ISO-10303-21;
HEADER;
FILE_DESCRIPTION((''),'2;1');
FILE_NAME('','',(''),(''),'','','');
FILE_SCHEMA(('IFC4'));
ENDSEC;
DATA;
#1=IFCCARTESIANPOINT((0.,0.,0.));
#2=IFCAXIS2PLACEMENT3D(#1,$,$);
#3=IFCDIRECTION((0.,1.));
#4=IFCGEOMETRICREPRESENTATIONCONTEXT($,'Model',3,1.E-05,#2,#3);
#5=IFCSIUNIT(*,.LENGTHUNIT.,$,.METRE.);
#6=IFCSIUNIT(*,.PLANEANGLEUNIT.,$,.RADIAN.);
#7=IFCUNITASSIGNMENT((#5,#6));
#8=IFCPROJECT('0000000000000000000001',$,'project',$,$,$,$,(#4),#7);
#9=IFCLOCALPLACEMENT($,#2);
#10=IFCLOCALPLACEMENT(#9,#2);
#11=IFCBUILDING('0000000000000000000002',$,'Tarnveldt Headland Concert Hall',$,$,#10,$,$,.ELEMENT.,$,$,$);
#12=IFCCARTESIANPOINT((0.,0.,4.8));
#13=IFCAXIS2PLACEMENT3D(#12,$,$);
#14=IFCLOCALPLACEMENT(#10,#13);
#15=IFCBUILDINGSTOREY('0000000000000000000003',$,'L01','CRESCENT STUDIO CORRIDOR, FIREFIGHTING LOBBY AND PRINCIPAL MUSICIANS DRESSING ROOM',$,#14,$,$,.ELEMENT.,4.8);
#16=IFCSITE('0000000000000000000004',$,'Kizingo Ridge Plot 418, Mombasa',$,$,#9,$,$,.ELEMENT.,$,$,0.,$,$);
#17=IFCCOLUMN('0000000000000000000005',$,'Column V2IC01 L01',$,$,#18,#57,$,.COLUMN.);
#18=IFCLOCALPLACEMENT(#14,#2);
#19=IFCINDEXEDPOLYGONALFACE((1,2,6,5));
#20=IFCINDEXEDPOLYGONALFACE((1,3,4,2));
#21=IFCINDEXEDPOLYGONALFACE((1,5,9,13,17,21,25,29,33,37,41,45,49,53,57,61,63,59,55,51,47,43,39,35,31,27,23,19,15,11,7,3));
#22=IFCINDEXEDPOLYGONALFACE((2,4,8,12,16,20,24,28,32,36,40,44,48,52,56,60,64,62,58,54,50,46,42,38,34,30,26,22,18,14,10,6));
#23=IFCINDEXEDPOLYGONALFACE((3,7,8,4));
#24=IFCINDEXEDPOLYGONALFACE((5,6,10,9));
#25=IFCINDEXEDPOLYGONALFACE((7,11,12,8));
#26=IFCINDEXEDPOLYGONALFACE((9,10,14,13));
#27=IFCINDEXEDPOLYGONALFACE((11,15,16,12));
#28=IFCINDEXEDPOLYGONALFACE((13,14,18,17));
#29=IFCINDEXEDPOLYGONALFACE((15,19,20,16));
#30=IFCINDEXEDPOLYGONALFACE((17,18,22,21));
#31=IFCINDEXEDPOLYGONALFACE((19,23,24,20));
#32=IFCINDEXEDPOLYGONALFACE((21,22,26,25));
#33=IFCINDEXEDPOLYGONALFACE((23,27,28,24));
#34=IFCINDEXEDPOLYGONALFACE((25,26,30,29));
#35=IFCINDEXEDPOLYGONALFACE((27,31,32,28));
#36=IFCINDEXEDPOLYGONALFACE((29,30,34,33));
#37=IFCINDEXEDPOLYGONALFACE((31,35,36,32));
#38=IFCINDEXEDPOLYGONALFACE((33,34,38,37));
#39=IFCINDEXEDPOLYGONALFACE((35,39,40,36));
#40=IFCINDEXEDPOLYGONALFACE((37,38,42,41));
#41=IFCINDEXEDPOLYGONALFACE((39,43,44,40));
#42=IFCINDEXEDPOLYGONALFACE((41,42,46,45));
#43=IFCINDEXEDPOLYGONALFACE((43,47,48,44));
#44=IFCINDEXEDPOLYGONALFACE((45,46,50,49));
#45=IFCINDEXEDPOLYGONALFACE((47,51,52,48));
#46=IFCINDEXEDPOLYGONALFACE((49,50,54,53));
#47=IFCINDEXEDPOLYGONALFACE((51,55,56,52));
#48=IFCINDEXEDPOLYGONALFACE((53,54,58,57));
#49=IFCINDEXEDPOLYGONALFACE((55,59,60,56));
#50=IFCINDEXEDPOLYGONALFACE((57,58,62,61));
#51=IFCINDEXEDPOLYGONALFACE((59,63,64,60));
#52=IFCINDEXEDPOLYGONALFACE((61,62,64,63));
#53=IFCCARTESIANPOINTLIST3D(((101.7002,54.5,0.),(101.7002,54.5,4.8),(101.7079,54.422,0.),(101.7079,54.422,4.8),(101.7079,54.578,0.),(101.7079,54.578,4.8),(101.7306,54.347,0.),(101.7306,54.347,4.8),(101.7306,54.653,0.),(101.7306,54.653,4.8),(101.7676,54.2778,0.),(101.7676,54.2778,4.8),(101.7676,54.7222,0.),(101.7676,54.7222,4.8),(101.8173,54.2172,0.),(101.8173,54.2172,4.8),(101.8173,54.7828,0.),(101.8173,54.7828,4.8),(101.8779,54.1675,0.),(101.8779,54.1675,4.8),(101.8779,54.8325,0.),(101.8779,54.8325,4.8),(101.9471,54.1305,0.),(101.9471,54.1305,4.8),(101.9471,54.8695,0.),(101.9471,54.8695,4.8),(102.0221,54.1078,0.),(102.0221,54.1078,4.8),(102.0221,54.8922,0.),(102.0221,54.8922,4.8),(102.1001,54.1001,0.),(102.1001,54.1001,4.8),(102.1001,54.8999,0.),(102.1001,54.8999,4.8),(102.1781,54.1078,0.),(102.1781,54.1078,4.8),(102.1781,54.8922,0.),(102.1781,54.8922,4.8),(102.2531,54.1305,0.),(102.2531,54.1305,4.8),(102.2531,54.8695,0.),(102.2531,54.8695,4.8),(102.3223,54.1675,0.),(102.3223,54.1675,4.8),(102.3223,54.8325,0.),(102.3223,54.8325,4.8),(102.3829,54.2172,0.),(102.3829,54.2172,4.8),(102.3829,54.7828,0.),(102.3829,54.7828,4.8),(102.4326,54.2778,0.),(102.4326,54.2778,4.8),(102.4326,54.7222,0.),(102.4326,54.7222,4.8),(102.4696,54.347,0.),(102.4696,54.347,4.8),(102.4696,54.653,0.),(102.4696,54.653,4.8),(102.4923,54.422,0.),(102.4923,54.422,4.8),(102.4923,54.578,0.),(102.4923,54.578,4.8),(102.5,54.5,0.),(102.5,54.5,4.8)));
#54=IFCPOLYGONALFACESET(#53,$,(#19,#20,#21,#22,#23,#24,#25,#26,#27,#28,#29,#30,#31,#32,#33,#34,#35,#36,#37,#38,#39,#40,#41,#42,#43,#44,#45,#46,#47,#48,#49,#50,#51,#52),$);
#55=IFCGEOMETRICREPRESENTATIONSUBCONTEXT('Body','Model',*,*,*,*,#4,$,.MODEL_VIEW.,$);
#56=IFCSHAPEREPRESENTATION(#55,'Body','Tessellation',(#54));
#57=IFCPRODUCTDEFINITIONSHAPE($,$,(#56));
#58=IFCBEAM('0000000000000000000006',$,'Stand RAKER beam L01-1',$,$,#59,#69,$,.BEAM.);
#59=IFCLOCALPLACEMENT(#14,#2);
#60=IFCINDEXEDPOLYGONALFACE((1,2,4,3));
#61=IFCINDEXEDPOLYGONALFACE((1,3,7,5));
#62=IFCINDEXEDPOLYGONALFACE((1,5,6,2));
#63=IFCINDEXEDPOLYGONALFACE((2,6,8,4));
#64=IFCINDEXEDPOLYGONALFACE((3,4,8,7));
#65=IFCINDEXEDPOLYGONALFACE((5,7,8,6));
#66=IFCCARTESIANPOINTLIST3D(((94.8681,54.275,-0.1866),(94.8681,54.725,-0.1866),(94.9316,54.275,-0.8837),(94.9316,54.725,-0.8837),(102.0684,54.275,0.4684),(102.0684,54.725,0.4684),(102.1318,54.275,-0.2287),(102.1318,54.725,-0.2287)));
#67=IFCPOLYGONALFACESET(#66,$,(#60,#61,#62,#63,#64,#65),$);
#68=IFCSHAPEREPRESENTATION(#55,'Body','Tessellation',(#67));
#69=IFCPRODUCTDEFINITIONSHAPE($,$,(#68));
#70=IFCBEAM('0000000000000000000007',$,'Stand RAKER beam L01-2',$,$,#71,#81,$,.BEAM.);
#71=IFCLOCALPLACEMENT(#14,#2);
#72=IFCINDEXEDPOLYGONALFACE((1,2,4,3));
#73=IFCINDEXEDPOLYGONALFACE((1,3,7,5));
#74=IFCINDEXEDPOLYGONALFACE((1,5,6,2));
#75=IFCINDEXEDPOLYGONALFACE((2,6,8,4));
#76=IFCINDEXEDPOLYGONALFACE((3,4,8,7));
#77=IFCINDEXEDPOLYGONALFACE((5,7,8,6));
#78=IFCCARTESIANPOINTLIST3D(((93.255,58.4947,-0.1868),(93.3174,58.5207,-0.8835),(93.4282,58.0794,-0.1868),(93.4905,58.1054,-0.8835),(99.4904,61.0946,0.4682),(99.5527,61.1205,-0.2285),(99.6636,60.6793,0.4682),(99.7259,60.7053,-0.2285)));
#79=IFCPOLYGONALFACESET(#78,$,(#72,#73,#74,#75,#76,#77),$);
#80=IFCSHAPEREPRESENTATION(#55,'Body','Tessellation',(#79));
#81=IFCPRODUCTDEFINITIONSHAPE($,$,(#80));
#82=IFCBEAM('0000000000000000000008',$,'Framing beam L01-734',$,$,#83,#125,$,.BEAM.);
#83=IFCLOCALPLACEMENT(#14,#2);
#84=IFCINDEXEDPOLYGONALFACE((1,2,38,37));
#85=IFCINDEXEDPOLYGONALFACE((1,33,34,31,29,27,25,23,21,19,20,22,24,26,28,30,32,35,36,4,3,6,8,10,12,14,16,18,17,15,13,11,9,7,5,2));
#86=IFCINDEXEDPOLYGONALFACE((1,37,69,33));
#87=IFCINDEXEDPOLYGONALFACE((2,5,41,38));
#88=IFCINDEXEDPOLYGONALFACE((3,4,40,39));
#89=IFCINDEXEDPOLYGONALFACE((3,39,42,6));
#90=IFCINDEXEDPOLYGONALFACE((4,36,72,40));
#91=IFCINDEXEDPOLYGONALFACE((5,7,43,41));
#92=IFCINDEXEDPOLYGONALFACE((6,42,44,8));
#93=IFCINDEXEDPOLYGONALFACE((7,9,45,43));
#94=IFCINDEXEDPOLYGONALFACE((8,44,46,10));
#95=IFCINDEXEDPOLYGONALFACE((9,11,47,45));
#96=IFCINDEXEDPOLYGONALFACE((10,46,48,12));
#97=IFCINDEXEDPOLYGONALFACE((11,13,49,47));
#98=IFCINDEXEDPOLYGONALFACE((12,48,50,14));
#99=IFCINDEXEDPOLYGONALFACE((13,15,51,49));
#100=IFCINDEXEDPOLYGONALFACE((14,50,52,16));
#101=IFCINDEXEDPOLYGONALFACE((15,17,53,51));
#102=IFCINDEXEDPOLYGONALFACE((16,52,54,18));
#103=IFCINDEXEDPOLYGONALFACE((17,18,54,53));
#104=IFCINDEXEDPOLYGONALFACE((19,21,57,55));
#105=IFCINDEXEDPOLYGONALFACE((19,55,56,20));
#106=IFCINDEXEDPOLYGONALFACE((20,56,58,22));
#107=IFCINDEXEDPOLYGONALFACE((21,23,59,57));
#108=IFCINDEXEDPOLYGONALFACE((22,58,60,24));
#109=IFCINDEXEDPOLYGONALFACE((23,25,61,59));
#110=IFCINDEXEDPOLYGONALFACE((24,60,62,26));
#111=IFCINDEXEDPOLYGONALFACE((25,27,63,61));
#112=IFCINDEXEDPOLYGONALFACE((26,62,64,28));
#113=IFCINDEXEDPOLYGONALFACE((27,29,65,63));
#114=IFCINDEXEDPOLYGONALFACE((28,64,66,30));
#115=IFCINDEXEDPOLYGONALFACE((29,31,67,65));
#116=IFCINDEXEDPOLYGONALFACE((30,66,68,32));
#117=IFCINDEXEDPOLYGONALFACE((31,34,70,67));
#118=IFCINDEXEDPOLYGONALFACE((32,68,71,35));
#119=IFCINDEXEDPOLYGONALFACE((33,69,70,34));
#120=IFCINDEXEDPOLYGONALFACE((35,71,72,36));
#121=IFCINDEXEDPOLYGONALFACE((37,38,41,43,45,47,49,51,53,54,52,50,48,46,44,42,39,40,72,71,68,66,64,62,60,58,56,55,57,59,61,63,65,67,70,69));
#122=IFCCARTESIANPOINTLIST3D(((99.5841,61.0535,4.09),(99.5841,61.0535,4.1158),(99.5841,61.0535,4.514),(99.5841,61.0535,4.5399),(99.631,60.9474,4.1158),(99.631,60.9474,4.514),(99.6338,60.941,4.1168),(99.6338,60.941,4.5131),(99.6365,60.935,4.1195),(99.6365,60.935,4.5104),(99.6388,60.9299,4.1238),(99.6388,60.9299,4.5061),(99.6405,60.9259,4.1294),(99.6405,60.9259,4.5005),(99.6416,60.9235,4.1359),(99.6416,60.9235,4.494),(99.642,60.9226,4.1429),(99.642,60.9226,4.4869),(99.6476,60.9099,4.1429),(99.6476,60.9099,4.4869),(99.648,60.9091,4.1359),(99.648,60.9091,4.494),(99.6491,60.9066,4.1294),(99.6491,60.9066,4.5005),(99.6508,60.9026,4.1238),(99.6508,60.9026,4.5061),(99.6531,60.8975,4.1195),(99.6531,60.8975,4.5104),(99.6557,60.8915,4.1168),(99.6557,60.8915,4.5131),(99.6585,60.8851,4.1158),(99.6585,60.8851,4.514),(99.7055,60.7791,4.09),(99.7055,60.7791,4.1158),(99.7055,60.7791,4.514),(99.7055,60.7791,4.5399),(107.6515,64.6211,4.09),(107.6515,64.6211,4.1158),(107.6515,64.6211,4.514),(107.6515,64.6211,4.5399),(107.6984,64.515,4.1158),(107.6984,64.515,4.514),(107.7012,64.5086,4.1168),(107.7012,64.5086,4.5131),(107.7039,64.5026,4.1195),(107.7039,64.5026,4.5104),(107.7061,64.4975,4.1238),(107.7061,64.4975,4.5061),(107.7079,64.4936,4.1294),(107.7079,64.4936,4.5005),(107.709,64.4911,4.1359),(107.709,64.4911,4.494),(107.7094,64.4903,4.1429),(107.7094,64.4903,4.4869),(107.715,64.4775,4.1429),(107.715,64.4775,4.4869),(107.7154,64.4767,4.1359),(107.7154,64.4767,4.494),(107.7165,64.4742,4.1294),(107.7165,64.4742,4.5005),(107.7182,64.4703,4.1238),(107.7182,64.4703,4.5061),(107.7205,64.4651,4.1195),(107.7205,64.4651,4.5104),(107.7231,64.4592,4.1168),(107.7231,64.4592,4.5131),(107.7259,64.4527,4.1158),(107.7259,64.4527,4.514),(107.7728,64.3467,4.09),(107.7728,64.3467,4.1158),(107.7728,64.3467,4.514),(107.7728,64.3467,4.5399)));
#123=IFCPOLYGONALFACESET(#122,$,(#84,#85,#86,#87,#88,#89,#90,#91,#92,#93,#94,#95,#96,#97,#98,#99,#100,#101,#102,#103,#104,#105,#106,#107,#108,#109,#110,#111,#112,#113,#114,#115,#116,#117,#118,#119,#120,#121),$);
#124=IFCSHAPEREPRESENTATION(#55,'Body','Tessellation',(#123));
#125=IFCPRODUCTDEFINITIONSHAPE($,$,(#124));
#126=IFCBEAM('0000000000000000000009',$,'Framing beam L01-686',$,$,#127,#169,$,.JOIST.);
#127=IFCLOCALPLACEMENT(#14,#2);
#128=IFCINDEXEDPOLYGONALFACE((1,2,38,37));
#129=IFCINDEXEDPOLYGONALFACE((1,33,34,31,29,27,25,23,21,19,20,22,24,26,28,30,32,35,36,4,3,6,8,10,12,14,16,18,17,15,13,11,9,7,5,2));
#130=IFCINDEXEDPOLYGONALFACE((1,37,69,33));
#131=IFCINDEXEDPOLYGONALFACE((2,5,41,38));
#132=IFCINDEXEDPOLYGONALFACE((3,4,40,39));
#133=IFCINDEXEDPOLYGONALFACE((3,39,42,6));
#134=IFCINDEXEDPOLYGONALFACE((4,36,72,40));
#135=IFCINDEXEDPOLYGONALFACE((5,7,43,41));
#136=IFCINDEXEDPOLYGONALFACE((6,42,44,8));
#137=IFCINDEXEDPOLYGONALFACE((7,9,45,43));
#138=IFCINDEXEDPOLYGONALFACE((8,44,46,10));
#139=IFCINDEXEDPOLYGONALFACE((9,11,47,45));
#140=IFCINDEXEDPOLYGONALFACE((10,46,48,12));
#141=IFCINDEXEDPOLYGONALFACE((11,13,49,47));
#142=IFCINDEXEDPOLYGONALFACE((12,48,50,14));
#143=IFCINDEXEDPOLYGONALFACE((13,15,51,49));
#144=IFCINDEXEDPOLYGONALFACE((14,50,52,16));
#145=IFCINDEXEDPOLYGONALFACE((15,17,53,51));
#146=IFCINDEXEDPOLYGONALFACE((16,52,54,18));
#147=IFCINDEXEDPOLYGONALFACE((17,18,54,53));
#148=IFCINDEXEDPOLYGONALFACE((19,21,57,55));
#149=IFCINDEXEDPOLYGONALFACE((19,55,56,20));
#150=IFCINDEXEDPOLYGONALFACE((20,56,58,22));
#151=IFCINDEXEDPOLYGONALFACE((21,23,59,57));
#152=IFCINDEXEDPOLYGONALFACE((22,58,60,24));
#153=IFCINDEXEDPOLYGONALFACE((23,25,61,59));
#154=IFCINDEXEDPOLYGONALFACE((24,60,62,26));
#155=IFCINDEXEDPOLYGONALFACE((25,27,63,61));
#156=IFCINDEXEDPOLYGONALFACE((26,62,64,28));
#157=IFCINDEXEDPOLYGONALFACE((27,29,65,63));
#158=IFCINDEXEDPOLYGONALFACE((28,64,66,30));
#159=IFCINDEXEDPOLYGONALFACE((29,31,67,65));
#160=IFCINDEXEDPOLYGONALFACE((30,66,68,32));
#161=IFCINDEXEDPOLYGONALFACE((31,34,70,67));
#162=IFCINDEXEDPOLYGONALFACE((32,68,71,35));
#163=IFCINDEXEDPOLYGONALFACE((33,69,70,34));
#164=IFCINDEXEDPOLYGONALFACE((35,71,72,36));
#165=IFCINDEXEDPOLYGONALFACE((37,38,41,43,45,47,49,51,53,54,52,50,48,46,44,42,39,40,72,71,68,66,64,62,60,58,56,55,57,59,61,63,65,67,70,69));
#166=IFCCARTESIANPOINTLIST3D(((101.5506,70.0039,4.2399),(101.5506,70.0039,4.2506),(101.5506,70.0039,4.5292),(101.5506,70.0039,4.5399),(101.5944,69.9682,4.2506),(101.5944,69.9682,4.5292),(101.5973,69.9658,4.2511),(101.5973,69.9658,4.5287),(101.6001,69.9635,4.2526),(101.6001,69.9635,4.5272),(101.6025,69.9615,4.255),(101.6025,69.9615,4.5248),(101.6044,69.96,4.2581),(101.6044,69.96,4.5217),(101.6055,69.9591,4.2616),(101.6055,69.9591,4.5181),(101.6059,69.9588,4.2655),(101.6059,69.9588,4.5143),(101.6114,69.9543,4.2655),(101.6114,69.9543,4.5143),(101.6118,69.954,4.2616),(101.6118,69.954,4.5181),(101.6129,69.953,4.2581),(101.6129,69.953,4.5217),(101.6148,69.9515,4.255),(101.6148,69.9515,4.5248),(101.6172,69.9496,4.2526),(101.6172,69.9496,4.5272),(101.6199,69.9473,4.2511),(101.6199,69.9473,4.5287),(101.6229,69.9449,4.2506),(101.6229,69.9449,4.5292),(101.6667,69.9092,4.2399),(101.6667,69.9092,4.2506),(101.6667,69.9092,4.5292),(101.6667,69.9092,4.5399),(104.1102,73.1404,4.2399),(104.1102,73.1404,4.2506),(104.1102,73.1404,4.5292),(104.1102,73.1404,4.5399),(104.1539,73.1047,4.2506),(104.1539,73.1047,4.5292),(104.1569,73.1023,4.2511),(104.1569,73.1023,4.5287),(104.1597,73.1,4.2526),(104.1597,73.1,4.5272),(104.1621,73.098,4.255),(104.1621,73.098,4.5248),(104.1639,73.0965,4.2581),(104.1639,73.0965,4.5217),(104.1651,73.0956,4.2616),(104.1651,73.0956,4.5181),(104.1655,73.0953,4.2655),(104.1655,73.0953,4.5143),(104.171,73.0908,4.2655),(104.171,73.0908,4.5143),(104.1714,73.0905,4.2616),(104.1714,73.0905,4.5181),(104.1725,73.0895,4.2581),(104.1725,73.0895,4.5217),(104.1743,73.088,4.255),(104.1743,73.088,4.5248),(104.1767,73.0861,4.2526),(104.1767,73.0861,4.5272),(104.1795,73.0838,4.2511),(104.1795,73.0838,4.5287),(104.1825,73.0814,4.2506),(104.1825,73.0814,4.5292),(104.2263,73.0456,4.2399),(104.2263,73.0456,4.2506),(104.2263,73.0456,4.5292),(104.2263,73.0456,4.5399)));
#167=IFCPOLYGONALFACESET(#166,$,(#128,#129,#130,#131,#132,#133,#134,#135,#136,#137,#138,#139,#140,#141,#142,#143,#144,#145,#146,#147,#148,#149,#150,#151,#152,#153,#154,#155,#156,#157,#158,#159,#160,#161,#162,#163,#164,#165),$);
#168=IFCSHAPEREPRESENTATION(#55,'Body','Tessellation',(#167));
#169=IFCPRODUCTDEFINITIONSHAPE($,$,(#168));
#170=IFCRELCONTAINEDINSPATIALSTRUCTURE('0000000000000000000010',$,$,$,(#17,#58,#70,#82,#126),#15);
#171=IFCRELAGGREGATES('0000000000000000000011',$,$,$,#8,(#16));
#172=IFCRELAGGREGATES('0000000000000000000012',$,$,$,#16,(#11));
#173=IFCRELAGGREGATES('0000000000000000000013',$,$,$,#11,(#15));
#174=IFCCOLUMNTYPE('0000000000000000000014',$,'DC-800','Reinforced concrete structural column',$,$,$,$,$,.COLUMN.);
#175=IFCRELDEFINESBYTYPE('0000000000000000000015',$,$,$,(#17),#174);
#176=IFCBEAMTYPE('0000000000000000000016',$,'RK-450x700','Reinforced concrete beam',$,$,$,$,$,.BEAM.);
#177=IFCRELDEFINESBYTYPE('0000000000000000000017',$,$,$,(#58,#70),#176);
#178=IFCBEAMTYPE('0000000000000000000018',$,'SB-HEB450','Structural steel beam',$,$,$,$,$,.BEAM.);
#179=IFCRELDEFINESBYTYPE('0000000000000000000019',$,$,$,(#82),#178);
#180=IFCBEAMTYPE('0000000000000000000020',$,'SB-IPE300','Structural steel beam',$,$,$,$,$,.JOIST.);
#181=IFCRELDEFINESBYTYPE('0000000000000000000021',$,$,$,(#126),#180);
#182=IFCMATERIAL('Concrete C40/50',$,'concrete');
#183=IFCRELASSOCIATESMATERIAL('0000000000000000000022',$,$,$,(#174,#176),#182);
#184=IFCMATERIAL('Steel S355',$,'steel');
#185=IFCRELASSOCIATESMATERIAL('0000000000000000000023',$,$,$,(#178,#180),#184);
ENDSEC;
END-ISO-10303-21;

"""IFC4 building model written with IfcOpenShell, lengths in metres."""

from ifc_helpers import new_model, si_unit, direction, frame, origin, origin_2d, place, context, subcontext, project, spatial, rectangle, circle, i_section, extrude, material, material_profile, profile_set, type_object, element, save


model = new_model("IFC4")

# Units and contexts
model_context = context("Model", 3, precision=1e-05, world=origin(), true_north=direction((0.0, 1.0)))
body_context = subcontext(model_context, "Body", "Model", "MODEL_VIEW")
ifc_project = project(units=[si_unit("LENGTHUNIT", "METRE"), si_unit("PLANEANGLEUNIT", "RADIAN")], contexts=[model_context])

# Site, building, storey
site_placement = place(None, origin())
site = spatial("IfcSite", under=ifc_project, at=site_placement, Name="Kizingo Ridge Plot 418, Mombasa", CompositionType="ELEMENT", RefElevation=0.0)
building_placement = place(site_placement, origin())
building = spatial("IfcBuilding", under=site, at=building_placement, Name="Tarnveldt Headland Concert Hall", CompositionType="ELEMENT")
storey_placement = place(building_placement, frame((0.0, 0.0, 4.8)))
storey = spatial("IfcBuildingStorey", under=building, at=storey_placement, Name="L01", Description="CRESCENT STUDIO CORRIDOR, FIREFIGHTING LOBBY AND PRINCIPAL MUSICIANS DRESSING ROOM", CompositionType="ELEMENT", Elevation=4.8)

# Column
ifc_material_1 = material(Name="Concrete C40/50", Category="concrete")
ifc_material_profile_1 = material_profile(ifc_material_1, circle(Radius=0.3999, at=origin_2d()), Name="RC D800", Category="concrete")
ifc_profile_set_1 = profile_set([ifc_material_profile_1], Name="Concrete C40/50")
column_type = type_object("IfcColumnType", Name="DC-800", Description="Reinforced concrete structural column", PredefinedType="COLUMN", material=ifc_profile_set_1)
for number, where, z_axis, x_axis, name in (
    (1, (102.1001, 54.5, 0.0), (0.0, 0.0, 1.0), (1.0, 0.0, 0.0), "Column V2IC01 L01"),
):
    element("IfcColumn", number, at=place(storey_placement, frame(where, z_axis=z_axis, x_axis=x_axis)), inside=storey, type_object=column_type, Name=name, PredefinedType="COLUMN", context=body_context, shape_type="SweptSolid", body=[
        extrude(circle(Radius=0.3999, at=origin_2d()), origin(), (0.0, 0.0, 1.0), 4.8),
    ])

# Beams
ifc_material_profile_2 = material_profile(ifc_material_1, rectangle(XDim=0.45, YDim=0.7, at=origin_2d()), Name="RAKER RC 450x700", Category="concrete")
ifc_profile_set_2 = profile_set([ifc_material_profile_2], Name="Concrete C40/50")
beam_type_1 = type_object("IfcBeamType", Name="RK-450x700", Description="Reinforced concrete beam", PredefinedType="BEAM", material=ifc_profile_set_2)
beam_1_placement = place(storey_placement, frame((102.1001, 54.5, 0.1199), z_axis=(-0.995887, 0.0, -0.0906), x_axis=(0.0, -1.0, 0.0)))
element("IfcBeam", 2, at=beam_1_placement, inside=storey, type_object=beam_type_1, Name="Stand RAKER beam L01-1", PredefinedType="BEAM", context=body_context, shape_type="SweptSolid", body=[
    extrude(rectangle(XDim=0.45, YDim=0.7, at=origin_2d()), origin(), (0.0, 0.0, 1.0), 7.23),
])
beam_2_placement = place(storey_placement, frame((99.6082, 60.8999, 0.1199), z_axis=(-0.918675, -0.383045, -0.096508), x_axis=(0.384841, -0.922983, 0.0)))
element("IfcBeam", 3, at=beam_2_placement, inside=storey, type_object=beam_type_1, Name="Stand RAKER beam L01-2", PredefinedType="BEAM", context=body_context, shape_type="SweptSolid", body=[
    extrude(rectangle(XDim=0.45, YDim=0.7, at=origin_2d()), origin(), (0.0, 0.0, 1.0), 6.7874),
])
ifc_material_2 = material(Name="Steel S355", Category="steel")
ifc_material_profile_3 = material_profile(ifc_material_2, i_section(OverallWidth=0.3, OverallDepth=0.45, WebThickness=0.0139, FlangeThickness=0.0259, FilletRadius=0.0271, at=origin_2d()), Name="HEB450", Category="steel")
ifc_profile_set_3 = profile_set([ifc_material_profile_3], Name="Steel S355")
beam_type_2 = type_object("IfcBeamType", Name="SB-HEB450", Description="Structural steel beam", PredefinedType="BEAM", material=ifc_profile_set_3)
beam_3_placement = place(storey_placement, frame((99.6448, 60.9163, 4.3149), z_axis=(0.914562, 0.404445, 0.0), x_axis=(-0.404445, 0.914562, 0.0)))
element("IfcBeam", 4, at=beam_3_placement, inside=storey, type_object=beam_type_2, Name="Framing beam L01-734", PredefinedType="BEAM", context=body_context, shape_type="SweptSolid", body=[
    extrude(i_section(OverallWidth=0.3, OverallDepth=0.45, WebThickness=0.0139, FlangeThickness=0.0259, FilletRadius=0.0271, at=origin_2d()), origin(), (0.0, 0.0, 1.0), 8.821),
])
ifc_material_profile_4 = material_profile(ifc_material_2, i_section(OverallWidth=0.1499, OverallDepth=0.3, WebThickness=0.0071, FlangeThickness=0.0107, FilletRadius=0.0149, at=origin_2d()), Name="IPE300", Category="steel")
ifc_profile_set_4 = profile_set([ifc_material_profile_4], Name="Steel S355")
beam_type_3 = type_object("IfcBeamType", Name="SB-IPE300", Description="Structural steel beam", PredefinedType="JOIST", material=ifc_profile_set_4)
beam_4_placement = place(storey_placement, frame((101.6086, 69.9565, 4.3899), z_axis=(0.632255, 0.77476, 0.0), x_axis=(-0.77476, 0.632255, 0.0)))
element("IfcBeam", 5, at=beam_4_placement, inside=storey, type_object=beam_type_3, Name="Framing beam L01-686", PredefinedType="JOIST", context=body_context, shape_type="SweptSolid", body=[
    extrude(i_section(OverallWidth=0.1499, OverallDepth=0.3, WebThickness=0.0071, FlangeThickness=0.0107, FilletRadius=0.0149, at=origin_2d()), origin(), (0.0, 0.0, 1.0), 4.0483),
])

save(model, "model.ifc")
